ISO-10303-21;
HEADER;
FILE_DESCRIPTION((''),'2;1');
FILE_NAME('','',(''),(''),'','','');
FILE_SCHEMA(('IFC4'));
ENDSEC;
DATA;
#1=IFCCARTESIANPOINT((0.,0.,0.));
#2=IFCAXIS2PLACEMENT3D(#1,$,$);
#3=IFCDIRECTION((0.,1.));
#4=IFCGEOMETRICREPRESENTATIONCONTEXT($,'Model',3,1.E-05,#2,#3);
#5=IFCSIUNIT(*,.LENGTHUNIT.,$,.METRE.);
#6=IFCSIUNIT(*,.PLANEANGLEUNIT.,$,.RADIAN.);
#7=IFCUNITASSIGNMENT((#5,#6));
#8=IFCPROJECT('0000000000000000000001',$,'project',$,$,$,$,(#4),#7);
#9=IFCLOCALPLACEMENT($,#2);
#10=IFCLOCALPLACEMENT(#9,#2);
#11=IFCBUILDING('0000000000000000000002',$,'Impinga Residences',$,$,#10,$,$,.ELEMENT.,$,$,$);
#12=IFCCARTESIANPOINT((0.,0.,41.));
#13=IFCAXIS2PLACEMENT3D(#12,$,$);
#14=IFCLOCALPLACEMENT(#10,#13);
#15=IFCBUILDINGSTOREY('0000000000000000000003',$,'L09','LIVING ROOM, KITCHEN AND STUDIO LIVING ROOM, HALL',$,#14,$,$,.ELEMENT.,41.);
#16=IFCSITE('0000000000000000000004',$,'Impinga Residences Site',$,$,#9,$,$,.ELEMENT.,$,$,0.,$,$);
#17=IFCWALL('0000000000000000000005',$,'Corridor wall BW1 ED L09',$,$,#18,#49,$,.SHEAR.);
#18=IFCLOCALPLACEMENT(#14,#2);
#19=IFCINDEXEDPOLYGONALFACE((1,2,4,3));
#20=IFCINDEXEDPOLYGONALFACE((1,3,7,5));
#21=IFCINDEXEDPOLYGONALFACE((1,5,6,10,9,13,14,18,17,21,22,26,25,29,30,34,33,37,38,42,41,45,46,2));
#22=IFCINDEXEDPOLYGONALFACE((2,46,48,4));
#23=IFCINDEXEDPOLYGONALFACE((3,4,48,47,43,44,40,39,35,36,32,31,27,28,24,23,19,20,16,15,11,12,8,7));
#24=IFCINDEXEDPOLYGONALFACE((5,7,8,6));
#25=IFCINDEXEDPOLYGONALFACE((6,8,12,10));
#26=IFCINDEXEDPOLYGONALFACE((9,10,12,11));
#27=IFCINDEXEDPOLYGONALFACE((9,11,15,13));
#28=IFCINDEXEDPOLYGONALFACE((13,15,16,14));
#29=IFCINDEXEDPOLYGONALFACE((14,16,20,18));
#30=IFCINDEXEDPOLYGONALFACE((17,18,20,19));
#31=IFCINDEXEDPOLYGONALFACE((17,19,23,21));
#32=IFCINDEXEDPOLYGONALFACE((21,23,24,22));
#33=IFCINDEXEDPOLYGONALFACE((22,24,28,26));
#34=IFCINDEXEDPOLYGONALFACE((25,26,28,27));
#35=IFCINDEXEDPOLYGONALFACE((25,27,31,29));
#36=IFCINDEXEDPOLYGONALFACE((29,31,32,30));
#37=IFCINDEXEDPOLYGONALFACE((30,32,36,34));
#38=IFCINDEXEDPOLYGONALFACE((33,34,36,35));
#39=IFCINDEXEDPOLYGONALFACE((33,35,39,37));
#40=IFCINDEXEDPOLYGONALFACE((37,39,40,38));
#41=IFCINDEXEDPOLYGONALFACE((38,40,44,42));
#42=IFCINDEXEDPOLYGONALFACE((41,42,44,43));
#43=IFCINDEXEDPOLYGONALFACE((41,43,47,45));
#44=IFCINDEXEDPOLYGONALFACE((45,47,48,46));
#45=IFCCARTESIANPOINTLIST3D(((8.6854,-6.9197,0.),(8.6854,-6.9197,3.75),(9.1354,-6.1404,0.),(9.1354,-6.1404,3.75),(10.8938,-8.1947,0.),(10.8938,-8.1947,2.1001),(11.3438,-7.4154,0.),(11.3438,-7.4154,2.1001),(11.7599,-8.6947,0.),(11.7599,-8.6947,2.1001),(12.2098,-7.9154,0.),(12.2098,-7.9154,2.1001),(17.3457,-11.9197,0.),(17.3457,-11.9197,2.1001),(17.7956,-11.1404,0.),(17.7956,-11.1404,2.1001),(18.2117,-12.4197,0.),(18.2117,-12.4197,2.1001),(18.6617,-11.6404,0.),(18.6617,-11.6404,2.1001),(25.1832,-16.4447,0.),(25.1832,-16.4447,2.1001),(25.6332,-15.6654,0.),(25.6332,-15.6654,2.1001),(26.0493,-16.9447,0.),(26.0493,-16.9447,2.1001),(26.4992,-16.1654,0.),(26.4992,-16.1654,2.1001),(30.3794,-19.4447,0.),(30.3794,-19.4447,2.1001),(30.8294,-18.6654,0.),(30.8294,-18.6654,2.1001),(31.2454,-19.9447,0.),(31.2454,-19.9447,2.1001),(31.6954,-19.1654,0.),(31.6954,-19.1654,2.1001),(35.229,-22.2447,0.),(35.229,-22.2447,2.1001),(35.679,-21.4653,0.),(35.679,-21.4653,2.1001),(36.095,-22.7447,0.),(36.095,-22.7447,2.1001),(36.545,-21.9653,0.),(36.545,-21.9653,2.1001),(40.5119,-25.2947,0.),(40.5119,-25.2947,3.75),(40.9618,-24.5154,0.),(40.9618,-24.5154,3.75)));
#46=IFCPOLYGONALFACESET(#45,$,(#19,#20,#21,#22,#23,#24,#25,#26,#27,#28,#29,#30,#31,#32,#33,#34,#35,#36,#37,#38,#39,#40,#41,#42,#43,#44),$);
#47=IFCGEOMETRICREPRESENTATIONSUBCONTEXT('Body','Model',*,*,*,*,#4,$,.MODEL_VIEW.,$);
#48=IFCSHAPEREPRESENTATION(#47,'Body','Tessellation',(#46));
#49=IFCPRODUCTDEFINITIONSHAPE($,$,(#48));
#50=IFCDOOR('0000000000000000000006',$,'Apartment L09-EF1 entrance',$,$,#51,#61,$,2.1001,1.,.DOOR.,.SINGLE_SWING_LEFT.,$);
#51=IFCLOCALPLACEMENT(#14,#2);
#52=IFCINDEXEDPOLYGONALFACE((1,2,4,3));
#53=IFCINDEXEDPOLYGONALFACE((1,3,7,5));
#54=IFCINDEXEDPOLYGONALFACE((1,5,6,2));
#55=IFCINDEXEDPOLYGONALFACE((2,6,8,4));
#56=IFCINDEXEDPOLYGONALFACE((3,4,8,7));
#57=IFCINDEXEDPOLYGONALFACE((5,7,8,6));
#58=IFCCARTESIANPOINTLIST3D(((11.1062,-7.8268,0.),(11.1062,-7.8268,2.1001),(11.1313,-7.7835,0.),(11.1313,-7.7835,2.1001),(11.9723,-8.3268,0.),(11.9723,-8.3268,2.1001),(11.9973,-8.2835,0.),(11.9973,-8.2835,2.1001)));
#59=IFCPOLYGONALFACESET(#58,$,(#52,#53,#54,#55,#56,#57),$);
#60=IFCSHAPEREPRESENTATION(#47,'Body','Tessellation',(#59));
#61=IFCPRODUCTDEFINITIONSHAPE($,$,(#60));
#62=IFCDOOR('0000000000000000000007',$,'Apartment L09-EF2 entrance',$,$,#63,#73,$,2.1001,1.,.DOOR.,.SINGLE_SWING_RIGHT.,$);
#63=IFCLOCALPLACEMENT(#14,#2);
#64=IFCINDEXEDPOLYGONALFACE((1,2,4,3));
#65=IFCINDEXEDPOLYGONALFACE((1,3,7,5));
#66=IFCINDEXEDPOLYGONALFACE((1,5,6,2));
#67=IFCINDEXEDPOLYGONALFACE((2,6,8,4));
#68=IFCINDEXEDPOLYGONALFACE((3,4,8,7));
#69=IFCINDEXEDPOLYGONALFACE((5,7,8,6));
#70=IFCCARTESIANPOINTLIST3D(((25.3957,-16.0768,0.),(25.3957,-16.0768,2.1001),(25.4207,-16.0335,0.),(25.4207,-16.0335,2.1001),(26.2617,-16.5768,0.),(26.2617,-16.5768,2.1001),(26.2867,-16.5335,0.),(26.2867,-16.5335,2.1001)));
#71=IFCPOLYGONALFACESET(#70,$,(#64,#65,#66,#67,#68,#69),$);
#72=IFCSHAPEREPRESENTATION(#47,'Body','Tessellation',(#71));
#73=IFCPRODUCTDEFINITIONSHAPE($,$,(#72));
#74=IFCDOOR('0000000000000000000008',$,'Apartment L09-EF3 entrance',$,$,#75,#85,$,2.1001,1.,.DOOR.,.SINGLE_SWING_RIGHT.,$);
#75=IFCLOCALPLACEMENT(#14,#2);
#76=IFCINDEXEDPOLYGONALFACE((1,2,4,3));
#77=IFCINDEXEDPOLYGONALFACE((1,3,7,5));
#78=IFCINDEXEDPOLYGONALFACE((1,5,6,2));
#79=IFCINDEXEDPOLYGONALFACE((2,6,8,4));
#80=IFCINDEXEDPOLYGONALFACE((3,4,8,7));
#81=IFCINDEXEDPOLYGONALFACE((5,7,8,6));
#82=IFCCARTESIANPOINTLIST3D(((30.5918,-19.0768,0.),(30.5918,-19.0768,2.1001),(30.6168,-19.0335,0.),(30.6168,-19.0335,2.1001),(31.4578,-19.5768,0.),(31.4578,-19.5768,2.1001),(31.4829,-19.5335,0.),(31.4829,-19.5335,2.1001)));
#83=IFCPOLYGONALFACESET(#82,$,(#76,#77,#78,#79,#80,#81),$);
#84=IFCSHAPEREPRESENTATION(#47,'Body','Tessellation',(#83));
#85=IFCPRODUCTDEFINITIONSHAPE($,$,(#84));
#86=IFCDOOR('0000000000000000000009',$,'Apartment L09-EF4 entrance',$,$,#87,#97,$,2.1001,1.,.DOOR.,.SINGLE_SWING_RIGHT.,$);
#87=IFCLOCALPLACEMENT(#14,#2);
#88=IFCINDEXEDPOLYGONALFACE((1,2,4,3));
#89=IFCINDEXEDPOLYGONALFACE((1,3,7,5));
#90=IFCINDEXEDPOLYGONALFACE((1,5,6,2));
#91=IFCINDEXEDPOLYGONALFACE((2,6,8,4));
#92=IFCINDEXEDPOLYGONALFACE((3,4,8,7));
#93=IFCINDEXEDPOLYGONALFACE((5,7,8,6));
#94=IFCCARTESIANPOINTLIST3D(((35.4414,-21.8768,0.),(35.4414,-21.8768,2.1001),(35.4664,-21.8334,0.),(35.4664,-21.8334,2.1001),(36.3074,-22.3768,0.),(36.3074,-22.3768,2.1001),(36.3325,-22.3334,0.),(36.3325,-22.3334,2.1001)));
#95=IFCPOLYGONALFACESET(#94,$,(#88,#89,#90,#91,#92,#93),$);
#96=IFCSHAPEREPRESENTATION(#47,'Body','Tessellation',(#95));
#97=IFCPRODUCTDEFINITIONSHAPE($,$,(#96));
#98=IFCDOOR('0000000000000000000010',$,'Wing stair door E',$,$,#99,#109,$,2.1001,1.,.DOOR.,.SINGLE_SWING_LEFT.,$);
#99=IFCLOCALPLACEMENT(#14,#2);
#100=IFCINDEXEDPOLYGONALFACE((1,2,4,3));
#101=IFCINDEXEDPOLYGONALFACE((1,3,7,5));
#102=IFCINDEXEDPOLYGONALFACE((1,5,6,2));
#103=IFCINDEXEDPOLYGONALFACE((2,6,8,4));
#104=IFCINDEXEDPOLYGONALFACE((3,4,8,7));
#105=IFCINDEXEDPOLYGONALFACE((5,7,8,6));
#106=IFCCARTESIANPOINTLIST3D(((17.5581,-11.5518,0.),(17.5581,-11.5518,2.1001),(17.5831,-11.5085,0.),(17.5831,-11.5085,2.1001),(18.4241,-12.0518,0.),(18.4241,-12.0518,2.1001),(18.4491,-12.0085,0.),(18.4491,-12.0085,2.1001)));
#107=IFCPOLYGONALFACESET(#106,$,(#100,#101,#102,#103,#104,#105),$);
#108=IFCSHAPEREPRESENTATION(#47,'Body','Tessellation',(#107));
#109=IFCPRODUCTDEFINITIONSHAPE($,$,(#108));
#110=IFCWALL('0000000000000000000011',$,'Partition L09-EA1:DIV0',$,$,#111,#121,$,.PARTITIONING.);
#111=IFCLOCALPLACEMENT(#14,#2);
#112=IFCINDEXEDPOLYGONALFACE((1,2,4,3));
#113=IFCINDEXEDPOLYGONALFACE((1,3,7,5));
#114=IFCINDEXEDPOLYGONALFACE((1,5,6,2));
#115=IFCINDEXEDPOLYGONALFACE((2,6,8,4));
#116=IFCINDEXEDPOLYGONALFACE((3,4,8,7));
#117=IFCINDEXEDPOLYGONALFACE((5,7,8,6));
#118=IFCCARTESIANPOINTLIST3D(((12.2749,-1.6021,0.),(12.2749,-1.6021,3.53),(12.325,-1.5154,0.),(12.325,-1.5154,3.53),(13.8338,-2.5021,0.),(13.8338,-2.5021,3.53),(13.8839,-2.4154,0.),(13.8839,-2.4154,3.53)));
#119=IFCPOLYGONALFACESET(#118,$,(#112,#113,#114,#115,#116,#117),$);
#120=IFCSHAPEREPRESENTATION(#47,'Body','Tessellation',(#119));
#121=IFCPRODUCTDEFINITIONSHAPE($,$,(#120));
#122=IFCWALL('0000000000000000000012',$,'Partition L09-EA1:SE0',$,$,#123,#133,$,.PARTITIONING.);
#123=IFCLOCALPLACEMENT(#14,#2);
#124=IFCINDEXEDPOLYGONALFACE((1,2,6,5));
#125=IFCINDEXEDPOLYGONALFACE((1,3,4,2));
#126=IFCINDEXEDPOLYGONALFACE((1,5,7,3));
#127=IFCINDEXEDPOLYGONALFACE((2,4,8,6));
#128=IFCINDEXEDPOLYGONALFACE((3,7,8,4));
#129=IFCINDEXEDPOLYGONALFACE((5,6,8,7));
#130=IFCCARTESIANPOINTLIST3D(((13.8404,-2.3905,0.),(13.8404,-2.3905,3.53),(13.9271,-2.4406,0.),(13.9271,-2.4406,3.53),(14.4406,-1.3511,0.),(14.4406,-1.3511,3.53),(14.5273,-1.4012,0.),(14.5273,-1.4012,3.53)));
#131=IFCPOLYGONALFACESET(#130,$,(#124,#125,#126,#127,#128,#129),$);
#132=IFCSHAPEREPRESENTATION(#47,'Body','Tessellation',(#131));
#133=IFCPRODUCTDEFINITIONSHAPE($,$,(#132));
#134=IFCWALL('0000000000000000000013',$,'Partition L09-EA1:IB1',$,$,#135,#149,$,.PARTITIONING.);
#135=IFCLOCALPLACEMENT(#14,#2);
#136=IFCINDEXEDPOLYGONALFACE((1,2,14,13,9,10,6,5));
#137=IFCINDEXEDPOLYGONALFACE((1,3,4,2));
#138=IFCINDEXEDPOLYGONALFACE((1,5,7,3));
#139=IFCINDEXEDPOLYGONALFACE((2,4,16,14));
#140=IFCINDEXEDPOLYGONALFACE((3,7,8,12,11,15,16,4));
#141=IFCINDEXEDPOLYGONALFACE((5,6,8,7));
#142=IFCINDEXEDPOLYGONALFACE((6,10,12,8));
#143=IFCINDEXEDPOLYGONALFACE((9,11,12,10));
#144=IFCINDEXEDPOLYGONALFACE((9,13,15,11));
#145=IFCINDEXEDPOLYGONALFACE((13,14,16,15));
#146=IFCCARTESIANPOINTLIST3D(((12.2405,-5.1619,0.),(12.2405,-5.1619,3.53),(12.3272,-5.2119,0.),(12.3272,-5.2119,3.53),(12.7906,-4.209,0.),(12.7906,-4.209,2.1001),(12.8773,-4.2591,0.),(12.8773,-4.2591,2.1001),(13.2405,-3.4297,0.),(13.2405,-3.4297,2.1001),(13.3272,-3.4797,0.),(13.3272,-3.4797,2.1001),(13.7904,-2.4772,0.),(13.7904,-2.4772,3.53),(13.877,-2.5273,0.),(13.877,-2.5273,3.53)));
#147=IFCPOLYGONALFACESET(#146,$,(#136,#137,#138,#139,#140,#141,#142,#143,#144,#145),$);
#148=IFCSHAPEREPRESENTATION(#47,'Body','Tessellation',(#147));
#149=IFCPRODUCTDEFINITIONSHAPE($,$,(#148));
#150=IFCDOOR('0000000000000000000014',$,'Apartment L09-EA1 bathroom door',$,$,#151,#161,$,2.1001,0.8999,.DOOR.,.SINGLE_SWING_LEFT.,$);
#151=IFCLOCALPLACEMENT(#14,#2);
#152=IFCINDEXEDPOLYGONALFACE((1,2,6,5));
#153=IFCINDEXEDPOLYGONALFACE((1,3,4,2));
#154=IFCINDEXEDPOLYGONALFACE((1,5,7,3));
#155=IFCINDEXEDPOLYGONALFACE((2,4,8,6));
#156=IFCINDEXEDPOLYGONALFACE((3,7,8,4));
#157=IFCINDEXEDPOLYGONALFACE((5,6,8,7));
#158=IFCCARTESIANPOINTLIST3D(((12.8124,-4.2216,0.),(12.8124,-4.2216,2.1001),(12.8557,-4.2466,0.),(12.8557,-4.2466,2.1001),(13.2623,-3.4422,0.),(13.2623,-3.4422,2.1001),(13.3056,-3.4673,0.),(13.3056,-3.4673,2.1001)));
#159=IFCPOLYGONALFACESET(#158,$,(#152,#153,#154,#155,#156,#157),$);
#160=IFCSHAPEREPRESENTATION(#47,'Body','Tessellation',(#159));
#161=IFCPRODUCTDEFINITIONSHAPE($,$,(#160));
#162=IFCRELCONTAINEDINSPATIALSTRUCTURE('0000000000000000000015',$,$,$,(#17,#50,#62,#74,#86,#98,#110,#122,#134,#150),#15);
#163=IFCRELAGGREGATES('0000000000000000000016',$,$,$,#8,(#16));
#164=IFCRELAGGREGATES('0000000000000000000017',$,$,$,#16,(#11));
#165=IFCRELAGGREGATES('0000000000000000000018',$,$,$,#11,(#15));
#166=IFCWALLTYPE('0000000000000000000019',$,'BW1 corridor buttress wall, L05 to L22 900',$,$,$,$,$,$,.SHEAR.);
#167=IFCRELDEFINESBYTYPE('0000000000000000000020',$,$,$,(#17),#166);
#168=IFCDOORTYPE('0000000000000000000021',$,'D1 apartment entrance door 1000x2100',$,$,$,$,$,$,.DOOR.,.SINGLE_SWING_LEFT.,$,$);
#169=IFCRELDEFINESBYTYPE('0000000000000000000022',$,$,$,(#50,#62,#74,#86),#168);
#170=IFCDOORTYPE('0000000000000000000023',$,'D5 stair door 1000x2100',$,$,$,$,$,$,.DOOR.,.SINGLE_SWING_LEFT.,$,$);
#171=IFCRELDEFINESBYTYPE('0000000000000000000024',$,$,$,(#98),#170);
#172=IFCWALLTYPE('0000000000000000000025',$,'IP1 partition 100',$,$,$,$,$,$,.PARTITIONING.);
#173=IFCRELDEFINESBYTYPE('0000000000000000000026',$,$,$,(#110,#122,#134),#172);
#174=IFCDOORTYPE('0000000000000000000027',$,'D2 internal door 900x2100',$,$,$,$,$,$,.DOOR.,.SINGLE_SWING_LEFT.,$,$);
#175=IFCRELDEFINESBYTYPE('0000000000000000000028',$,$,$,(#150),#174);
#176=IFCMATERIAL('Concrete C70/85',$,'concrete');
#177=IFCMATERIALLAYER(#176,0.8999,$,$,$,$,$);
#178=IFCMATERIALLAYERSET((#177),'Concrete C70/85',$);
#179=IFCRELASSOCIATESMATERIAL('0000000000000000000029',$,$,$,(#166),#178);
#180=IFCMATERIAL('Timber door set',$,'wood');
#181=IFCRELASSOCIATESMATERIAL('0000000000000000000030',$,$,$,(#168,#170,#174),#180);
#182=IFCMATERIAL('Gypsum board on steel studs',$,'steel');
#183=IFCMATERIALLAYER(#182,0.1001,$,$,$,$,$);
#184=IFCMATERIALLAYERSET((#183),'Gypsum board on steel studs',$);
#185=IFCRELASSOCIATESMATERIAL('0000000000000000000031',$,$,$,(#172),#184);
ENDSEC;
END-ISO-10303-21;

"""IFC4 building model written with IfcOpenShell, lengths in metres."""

from ifc_helpers import new_model, si_unit, direction, frame, frame_2d, origin, place, context, subcontext, project, spatial, rectangle, extrude, material, layer, layer_set, type_object, element, fill, save


model = new_model("IFC4")

# Units and contexts
model_context = context("Model", 3, precision=1e-05, world=origin(), true_north=direction((0.0, 1.0)))
body_context = subcontext(model_context, "Body", "Model", "MODEL_VIEW")
ifc_project = project(units=[si_unit("LENGTHUNIT", "METRE"), si_unit("PLANEANGLEUNIT", "RADIAN")], contexts=[model_context])

# Site, building, storey
site_placement = place(None, origin())
site = spatial("IfcSite", under=ifc_project, at=site_placement, Name="Impinga Residences Site", CompositionType="ELEMENT", RefElevation=0.0)
building_placement = place(site_placement, origin())
building = spatial("IfcBuilding", under=site, at=building_placement, Name="Impinga Residences", CompositionType="ELEMENT")
storey_placement = place(building_placement, frame((0.0, 0.0, 41.0)))
storey = spatial("IfcBuildingStorey", under=building, at=storey_placement, Name="L09", Description="LIVING ROOM, KITCHEN AND STUDIO LIVING ROOM, HALL", CompositionType="ELEMENT", Elevation=41.0)

# Wall, openings, doors
ifc_material_1 = material(Name="Concrete C70/85", Category="concrete")
ifc_layer_1 = layer(ifc_material_1, 0.8999)
ifc_layer_set_1 = layer_set([ifc_layer_1], Name="Concrete C70/85")
wall_type_1 = type_object("IfcWallType", Name="BW1 corridor buttress wall, L05 to L22 900", PredefinedType="SHEAR", material=ifc_layer_set_1)
ifc_material_2 = material(Name="Timber door set", Category="wood")
door_type_1 = type_object("IfcDoorType", Name="D1 apartment entrance door 1000x2100", OperationType="SINGLE_SWING_LEFT", PredefinedType="DOOR", material=ifc_material_2)
wall_1_placement = place(storey_placement, frame((8.9104, -6.53, 0.0), z_axis=(0.0, 0.0, 1.0), x_axis=(0.866025, -0.5, 0.0)))
wall_1 = element("IfcWall", 1, at=wall_1_placement, inside=storey, type_object=wall_type_1, Name="Corridor wall BW1 ED L09", PredefinedType="SHEAR", context=body_context, shape_type="SweptSolid", body=[
    extrude(rectangle(XDim=36.75, YDim=0.8999, at=frame_2d((18.375, 0.0))), origin(), (0.0, 0.0, 1.0), 3.75),
])
opening_1_placement = place(wall_1_placement, frame((10.0, 0.0, 0.0)))
opening_1 = element("IfcOpeningElement", 2, at=opening_1_placement, cuts=wall_1, PredefinedType="OPENING", context=body_context, shape_type="SweptSolid", body=[
    extrude(rectangle(XDim=1.0, YDim=2.1001, at=frame_2d((0.5, 1.05))), frame((0.0, 0.46, 0.0), z_axis=(0.0, -1.0, 0.0), x_axis=(1.0, 0.0, 0.0)), (0.0, 0.0, 1.0), 0.9199),
])
opening_2_placement = place(wall_1_placement, frame((2.55, 0.0, 0.0)))
opening_2 = element("IfcOpeningElement", 3, at=opening_2_placement, cuts=wall_1, PredefinedType="OPENING", context=body_context, shape_type="SweptSolid", body=[
    extrude(rectangle(XDim=1.0, YDim=2.1001, at=frame_2d((0.5, 1.05))), frame((0.0, 0.46, 0.0), z_axis=(0.0, -1.0, 0.0), x_axis=(1.0, 0.0, 0.0)), (0.0, 0.0, 1.0), 0.9199),
])
opening_3_placement = place(wall_1_placement, frame((19.05, 0.0, 0.0)))
opening_3 = element("IfcOpeningElement", 4, at=opening_3_placement, cuts=wall_1, PredefinedType="OPENING", context=body_context, shape_type="SweptSolid", body=[
    extrude(rectangle(XDim=1.0, YDim=2.1001, at=frame_2d((0.5, 1.05))), frame((0.0, 0.46, 0.0), z_axis=(0.0, -1.0, 0.0), x_axis=(1.0, 0.0, 0.0)), (0.0, 0.0, 1.0), 0.9199),
])
opening_4_placement = place(wall_1_placement, frame((25.05, 0.0, 0.0)))
opening_4 = element("IfcOpeningElement", 5, at=opening_4_placement, cuts=wall_1, PredefinedType="OPENING", context=body_context, shape_type="SweptSolid", body=[
    extrude(rectangle(XDim=1.0, YDim=2.1001, at=frame_2d((0.5, 1.05))), frame((0.0, 0.46, 0.0), z_axis=(0.0, -1.0, 0.0), x_axis=(1.0, 0.0, 0.0)), (0.0, 0.0, 1.0), 0.9199),
])
opening_5_placement = place(wall_1_placement, frame((30.6499, 0.0, 0.0)))
opening_5 = element("IfcOpeningElement", 6, at=opening_5_placement, cuts=wall_1, PredefinedType="OPENING", context=body_context, shape_type="SweptSolid", body=[
    extrude(rectangle(XDim=1.0, YDim=2.1001, at=frame_2d((0.5, 1.05))), frame((0.0, 0.46, 0.0), z_axis=(0.0, -1.0, 0.0), x_axis=(1.0, 0.0, 0.0)), (0.0, 0.0, 1.0), 0.9199),
])
door_1_placement = place(opening_2_placement, origin())
door_1 = element("IfcDoor", 7, at=door_1_placement, inside=storey, type_object=door_type_1, Name="Apartment L09-EF1 entrance", OperationType="SINGLE_SWING_LEFT", OverallHeight=2.1001, OverallWidth=1.0, PredefinedType="DOOR", context=body_context, shape_type="SweptSolid", body=[
    extrude(rectangle(XDim=1.0, YDim=2.1001, at=frame_2d((0.5, 1.05))), frame((0.0, 0.0249, 0.0), z_axis=(0.0, -1.0, 0.0), x_axis=(1.0, 0.0, 0.0)), (0.0, 0.0, 1.0), 0.05),
])
fill(opening_2, door_1)
door_2_placement = place(opening_3_placement, origin())
door_2 = element("IfcDoor", 8, at=door_2_placement, inside=storey, type_object=door_type_1, Name="Apartment L09-EF2 entrance", OperationType="SINGLE_SWING_RIGHT", OverallHeight=2.1001, OverallWidth=1.0, PredefinedType="DOOR", context=body_context, shape_type="SweptSolid", body=[
    extrude(rectangle(XDim=1.0, YDim=2.1001, at=frame_2d((0.5, 1.05))), frame((0.0, 0.0249, 0.0), z_axis=(0.0, -1.0, 0.0), x_axis=(1.0, 0.0, 0.0)), (0.0, 0.0, 1.0), 0.05),
])
fill(opening_3, door_2)
door_3_placement = place(opening_4_placement, origin())
door_3 = element("IfcDoor", 9, at=door_3_placement, inside=storey, type_object=door_type_1, Name="Apartment L09-EF3 entrance", OperationType="SINGLE_SWING_RIGHT", OverallHeight=2.1001, OverallWidth=1.0, PredefinedType="DOOR", context=body_context, shape_type="SweptSolid", body=[
    extrude(rectangle(XDim=1.0, YDim=2.1001, at=frame_2d((0.5, 1.05))), frame((0.0, 0.0249, 0.0), z_axis=(0.0, -1.0, 0.0), x_axis=(1.0, 0.0, 0.0)), (0.0, 0.0, 1.0), 0.05),
])
fill(opening_4, door_3)
door_4_placement = place(opening_5_placement, origin())
door_4 = element("IfcDoor", 10, at=door_4_placement, inside=storey, type_object=door_type_1, Name="Apartment L09-EF4 entrance", OperationType="SINGLE_SWING_RIGHT", OverallHeight=2.1001, OverallWidth=1.0, PredefinedType="DOOR", context=body_context, shape_type="SweptSolid", body=[
    extrude(rectangle(XDim=1.0, YDim=2.1001, at=frame_2d((0.5, 1.05))), frame((0.0, 0.0249, 0.0), z_axis=(0.0, -1.0, 0.0), x_axis=(1.0, 0.0, 0.0)), (0.0, 0.0, 1.0), 0.05),
])
fill(opening_5, door_4)
door_type_2 = type_object("IfcDoorType", Name="D5 stair door 1000x2100", OperationType="SINGLE_SWING_LEFT", PredefinedType="DOOR", material=ifc_material_2)
door_5_placement = place(opening_1_placement, origin())
door_5 = element("IfcDoor", 11, at=door_5_placement, inside=storey, type_object=door_type_2, Name="Wing stair door E", OperationType="SINGLE_SWING_LEFT", OverallHeight=2.1001, OverallWidth=1.0, PredefinedType="DOOR", context=body_context, shape_type="SweptSolid", body=[
    extrude(rectangle(XDim=1.0, YDim=2.1001, at=frame_2d((0.5, 1.05))), frame((0.0, 0.0249, 0.0), z_axis=(0.0, -1.0, 0.0), x_axis=(1.0, 0.0, 0.0)), (0.0, 0.0, 1.0), 0.05),
])
fill(opening_1, door_5)

# Walls
ifc_material_3 = material(Name="Gypsum board on steel studs", Category="steel")
ifc_layer_2 = layer(ifc_material_3, 0.1001)
ifc_layer_set_2 = layer_set([ifc_layer_2], Name="Gypsum board on steel studs")
wall_type_2 = type_object("IfcWallType", Name="IP1 partition 100", PredefinedType="PARTITIONING", material=ifc_layer_set_2)
wall_2_placement = place(storey_placement, frame((12.3, -1.5588, 0.0), z_axis=(0.0, 0.0, 1.0), x_axis=(0.866048, -0.499961, 0.0)))
element("IfcWall", 12, at=wall_2_placement, inside=storey, type_object=wall_type_2, Name="Partition L09-EA1:DIV0", PredefinedType="PARTITIONING", context=body_context, shape_type="SweptSolid", body=[
    extrude(rectangle(XDim=1.8, YDim=0.1001, at=frame_2d((0.8999, 0.0))), origin(), (0.0, 0.0, 1.0), 3.53),
])
wall_3_placement = place(storey_placement, frame((13.8838, -2.4155, 0.0), z_axis=(0.0, 0.0, 1.0), x_axis=(0.500034, 0.866006, 0.0)))
element("IfcWall", 13, at=wall_3_placement, inside=storey, type_object=wall_type_2, Name="Partition L09-EA1:SE0", PredefinedType="PARTITIONING", context=body_context, shape_type="SweptSolid", body=[
    extrude(rectangle(XDim=1.2002, YDim=0.1001, at=frame_2d((0.6001, 0.0))), origin(), (0.0, 0.0, 1.0), 3.53),
])

# Wall, opening, door
wall_4_placement = place(storey_placement, frame((12.2839, -5.1868, 0.0), z_axis=(0.0, 0.0, 1.0), x_axis=(0.499968, 0.866044, 0.0)))
wall_4 = element("IfcWall", 14, at=wall_4_placement, inside=storey, type_object=wall_type_2, Name="Partition L09-EA1:IB1", PredefinedType="PARTITIONING", context=body_context, shape_type="SweptSolid", body=[
    extrude(rectangle(XDim=3.0999, YDim=0.1001, at=frame_2d((1.5498, 0.0))), origin(), (0.0, 0.0, 1.0), 3.53),
])
opening_6_placement = place(wall_4_placement, frame((1.1001, 0.0, 0.0)))
opening_6 = element("IfcOpeningElement", 15, at=opening_6_placement, cuts=wall_4, PredefinedType="OPENING", context=body_context, shape_type="SweptSolid", body=[
    extrude(rectangle(XDim=0.8999, YDim=2.1001, at=frame_2d((0.45, 1.05))), frame((0.0, 0.0601, 0.0), z_axis=(0.0, -1.0, 0.0), x_axis=(1.0, 0.0, 0.0)), (0.0, 0.0, 1.0), 0.1201),
])
door_type_3 = type_object("IfcDoorType", Name="D2 internal door 900x2100", OperationType="SINGLE_SWING_LEFT", PredefinedType="DOOR", material=ifc_material_2)
door_6_placement = place(opening_6_placement, origin())
door_6 = element("IfcDoor", 16, at=door_6_placement, inside=storey, type_object=door_type_3, Name="Apartment L09-EA1 bathroom door", OperationType="SINGLE_SWING_LEFT", OverallHeight=2.1001, OverallWidth=0.8999, PredefinedType="DOOR", context=body_context, shape_type="SweptSolid", body=[
    extrude(rectangle(XDim=0.8999, YDim=2.1001, at=frame_2d((0.45, 1.05))), frame((0.0, 0.0249, 0.0), z_axis=(0.0, -1.0, 0.0), x_axis=(1.0, 0.0, 0.0)), (0.0, 0.0, 1.0), 0.05),
])
fill(opening_6, door_6)

save(model, "model.ifc")
